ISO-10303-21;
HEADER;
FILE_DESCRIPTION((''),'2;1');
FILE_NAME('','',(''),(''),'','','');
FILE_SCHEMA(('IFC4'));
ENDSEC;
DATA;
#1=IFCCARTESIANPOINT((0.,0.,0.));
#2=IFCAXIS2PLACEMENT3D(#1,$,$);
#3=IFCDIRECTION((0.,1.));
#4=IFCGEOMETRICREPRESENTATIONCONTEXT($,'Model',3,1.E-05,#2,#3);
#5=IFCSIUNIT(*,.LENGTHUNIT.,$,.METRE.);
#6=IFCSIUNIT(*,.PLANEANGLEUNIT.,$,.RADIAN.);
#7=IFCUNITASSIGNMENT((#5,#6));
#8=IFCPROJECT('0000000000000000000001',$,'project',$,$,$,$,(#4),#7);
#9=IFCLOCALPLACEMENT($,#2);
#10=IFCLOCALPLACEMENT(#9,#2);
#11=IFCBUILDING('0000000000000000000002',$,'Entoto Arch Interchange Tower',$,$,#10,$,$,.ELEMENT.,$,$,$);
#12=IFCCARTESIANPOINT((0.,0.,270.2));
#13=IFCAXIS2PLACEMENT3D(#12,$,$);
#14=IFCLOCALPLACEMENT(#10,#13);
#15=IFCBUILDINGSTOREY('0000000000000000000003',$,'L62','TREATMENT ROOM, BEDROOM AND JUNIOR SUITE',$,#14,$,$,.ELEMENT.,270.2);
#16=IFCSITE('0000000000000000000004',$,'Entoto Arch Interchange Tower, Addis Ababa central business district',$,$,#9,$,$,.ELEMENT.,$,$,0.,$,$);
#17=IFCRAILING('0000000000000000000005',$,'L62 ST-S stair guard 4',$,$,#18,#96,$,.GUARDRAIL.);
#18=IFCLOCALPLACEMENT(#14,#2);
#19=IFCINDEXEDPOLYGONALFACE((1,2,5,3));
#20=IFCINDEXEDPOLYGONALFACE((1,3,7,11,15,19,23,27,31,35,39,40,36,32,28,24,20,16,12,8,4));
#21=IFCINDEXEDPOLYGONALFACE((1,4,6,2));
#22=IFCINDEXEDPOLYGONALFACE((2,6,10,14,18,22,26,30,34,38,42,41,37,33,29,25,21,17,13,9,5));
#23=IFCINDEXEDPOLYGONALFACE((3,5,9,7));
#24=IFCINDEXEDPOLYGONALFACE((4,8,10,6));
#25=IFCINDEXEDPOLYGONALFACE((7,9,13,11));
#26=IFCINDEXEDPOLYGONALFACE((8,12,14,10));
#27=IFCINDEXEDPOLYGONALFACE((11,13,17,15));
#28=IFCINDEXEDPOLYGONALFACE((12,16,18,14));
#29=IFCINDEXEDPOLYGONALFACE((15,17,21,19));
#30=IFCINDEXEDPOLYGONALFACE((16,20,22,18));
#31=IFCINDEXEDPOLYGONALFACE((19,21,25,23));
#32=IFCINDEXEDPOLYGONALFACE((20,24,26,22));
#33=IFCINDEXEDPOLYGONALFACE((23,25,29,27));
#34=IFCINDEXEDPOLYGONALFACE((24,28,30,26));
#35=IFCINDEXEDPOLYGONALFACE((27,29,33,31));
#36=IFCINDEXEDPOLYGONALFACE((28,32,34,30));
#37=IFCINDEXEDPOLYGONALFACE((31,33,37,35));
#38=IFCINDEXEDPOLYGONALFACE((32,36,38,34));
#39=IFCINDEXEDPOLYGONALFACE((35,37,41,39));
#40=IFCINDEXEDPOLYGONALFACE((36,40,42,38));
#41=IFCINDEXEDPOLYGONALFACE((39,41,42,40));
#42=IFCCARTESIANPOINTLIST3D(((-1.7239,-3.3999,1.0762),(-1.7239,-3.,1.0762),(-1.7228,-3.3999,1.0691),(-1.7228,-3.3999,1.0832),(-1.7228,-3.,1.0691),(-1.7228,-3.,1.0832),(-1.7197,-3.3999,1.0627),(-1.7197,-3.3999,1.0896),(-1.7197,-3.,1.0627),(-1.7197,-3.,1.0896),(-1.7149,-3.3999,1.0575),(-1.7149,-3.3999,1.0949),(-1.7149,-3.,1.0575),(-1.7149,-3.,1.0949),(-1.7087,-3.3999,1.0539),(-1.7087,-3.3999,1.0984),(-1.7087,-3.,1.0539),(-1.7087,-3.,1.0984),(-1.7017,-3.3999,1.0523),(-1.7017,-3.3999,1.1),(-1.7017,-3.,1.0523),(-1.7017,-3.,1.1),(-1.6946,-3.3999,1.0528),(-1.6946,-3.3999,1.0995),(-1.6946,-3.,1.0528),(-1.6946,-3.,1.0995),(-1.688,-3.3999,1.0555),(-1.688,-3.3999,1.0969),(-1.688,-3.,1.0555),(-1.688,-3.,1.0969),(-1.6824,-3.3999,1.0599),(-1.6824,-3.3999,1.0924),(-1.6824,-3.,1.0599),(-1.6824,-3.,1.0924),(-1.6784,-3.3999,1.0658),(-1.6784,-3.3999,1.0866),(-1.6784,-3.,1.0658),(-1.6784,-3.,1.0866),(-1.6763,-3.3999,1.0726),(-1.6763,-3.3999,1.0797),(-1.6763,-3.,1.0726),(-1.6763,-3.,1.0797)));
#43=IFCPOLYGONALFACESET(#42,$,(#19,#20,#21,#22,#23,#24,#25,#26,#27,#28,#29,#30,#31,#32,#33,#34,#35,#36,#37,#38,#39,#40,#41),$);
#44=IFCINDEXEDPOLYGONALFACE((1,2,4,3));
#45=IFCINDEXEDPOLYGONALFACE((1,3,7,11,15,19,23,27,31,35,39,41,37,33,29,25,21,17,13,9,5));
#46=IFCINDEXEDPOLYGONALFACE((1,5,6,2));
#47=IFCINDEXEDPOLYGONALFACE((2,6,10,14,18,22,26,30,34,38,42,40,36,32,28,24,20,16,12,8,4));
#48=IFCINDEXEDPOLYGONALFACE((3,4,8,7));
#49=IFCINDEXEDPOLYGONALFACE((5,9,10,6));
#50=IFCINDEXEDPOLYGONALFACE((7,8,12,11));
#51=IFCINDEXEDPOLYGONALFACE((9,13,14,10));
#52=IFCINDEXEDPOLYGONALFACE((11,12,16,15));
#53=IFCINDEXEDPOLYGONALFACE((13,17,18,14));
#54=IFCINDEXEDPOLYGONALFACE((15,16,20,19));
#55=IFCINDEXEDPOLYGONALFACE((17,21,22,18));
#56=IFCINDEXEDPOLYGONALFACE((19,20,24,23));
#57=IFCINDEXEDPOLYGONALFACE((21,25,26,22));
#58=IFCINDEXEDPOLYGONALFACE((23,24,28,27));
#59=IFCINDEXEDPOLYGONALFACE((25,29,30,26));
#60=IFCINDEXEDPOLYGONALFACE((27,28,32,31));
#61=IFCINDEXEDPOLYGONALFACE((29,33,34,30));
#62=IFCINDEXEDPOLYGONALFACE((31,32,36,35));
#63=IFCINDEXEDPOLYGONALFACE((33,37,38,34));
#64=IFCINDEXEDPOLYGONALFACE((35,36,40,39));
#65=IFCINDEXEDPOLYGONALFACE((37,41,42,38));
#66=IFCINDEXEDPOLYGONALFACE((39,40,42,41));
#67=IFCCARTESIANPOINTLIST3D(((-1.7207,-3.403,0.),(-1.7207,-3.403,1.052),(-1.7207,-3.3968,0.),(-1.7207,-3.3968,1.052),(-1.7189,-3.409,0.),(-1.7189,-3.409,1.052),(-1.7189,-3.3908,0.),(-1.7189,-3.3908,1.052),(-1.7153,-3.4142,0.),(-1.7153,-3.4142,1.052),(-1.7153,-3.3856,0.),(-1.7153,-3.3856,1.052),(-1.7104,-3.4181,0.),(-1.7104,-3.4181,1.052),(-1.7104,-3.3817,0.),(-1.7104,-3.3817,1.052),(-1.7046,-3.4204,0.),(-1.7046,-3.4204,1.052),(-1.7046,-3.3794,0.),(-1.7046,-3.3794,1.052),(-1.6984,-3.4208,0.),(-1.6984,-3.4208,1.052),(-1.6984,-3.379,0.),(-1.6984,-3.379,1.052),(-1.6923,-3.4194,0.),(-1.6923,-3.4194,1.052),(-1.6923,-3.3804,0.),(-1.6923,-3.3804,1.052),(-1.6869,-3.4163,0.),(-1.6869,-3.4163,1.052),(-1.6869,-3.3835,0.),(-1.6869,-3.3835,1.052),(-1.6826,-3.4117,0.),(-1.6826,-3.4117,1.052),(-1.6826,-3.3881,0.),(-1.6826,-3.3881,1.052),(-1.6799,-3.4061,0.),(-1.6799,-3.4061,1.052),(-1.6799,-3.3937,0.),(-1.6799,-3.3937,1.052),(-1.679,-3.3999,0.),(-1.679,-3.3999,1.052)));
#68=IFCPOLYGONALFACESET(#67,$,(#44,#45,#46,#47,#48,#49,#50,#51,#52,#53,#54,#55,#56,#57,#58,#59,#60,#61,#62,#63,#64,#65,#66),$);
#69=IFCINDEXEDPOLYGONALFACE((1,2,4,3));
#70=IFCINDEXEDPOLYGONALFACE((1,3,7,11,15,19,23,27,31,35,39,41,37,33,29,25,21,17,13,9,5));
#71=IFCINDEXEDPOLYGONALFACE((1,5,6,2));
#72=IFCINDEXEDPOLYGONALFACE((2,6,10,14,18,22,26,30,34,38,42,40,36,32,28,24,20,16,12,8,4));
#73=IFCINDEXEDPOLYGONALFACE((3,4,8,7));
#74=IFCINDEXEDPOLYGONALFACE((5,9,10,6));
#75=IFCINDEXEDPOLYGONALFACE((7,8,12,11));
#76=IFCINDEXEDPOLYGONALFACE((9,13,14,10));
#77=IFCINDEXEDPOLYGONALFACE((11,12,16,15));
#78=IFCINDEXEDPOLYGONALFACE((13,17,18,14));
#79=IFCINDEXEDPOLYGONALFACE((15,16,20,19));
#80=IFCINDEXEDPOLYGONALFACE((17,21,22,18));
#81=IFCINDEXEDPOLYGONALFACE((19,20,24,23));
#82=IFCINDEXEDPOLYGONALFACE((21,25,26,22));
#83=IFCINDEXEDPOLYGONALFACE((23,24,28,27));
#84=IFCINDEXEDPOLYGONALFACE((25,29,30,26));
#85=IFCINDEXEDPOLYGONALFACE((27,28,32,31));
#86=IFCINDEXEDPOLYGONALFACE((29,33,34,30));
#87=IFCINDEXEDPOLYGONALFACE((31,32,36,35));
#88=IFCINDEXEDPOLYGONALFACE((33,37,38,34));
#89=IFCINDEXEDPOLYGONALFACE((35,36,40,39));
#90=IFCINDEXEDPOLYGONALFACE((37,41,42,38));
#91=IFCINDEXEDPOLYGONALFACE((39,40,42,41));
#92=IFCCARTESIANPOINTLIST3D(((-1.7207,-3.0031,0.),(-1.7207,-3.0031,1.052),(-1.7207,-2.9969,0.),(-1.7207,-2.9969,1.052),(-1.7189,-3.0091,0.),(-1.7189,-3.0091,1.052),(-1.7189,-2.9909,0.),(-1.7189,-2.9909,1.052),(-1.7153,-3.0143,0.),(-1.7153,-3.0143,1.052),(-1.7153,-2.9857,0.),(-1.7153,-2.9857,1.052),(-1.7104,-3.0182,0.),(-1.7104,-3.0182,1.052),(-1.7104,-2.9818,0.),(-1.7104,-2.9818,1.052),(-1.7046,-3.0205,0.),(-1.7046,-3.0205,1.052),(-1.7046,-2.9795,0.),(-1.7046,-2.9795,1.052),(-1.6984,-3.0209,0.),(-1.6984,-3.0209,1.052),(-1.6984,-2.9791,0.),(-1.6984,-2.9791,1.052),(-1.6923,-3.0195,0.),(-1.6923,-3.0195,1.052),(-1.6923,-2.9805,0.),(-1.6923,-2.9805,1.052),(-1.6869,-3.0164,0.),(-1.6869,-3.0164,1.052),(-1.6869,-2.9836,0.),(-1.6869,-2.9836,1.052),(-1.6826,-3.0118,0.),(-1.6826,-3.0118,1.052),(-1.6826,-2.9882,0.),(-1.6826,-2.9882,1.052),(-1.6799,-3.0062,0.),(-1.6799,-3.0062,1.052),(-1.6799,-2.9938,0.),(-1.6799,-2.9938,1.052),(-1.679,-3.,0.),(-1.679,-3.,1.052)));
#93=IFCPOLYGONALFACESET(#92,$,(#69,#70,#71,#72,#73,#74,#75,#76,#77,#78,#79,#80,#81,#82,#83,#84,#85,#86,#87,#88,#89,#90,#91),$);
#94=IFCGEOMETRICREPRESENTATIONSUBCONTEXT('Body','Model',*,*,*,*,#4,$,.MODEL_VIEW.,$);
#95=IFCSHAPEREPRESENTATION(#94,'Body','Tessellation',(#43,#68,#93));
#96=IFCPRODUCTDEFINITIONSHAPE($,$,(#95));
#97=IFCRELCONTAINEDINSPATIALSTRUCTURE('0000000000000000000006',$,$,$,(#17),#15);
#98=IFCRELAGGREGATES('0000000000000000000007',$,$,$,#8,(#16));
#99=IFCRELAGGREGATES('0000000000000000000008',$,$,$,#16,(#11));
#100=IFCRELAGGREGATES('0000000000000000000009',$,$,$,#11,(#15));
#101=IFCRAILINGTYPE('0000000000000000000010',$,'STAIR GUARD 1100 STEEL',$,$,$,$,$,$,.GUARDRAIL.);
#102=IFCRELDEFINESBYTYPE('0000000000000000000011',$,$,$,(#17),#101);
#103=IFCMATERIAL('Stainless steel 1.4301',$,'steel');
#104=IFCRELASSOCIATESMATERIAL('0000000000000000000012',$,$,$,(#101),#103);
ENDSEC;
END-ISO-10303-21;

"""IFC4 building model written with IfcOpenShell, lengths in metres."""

from ifc_helpers import new_model, si_unit, direction, frame, origin, origin_2d, place, context, subcontext, project, spatial, circle, extrude, material, type_object, element, save


model = new_model("IFC4")

# Units and contexts
model_context = context("Model", 3, precision=1e-05, world=origin(), true_north=direction((0.0, 1.0)))
body_context = subcontext(model_context, "Body", "Model", "MODEL_VIEW")
ifc_project = project(units=[si_unit("LENGTHUNIT", "METRE"), si_unit("PLANEANGLEUNIT", "RADIAN")], contexts=[model_context])

# Site, building, storey
site_placement = place(None, origin())
site = spatial("IfcSite", under=ifc_project, at=site_placement, Name="Entoto Arch Interchange Tower, Addis Ababa central business district", CompositionType="ELEMENT", RefElevation=0.0)
building_placement = place(site_placement, origin())
building = spatial("IfcBuilding", under=site, at=building_placement, Name="Entoto Arch Interchange Tower", CompositionType="ELEMENT")
storey_placement = place(building_placement, frame((0.0, 0.0, 270.2)))
storey = spatial("IfcBuildingStorey", under=building, at=storey_placement, Name="L62", Description="TREATMENT ROOM, BEDROOM AND JUNIOR SUITE", CompositionType="ELEMENT", Elevation=270.2)

# Railing
ifc_material_1 = material(Name="Stainless steel 1.4301", Category="steel")
railing_type = type_object("IfcRailingType", Name="STAIR GUARD 1100 STEEL", PredefinedType="GUARDRAIL", material=ifc_material_1)
railing_1_placement = place(storey_placement, frame((-1.7, -3.3999, 0.0)))
element("IfcRailing", 1, at=railing_1_placement, inside=storey, type_object=railing_type, Name="L62 ST-S stair guard 4", PredefinedType="GUARDRAIL", context=body_context, shape_type="SweptSolid", body=[
    extrude(circle(Radius=0.0239, at=origin_2d()), frame((0.0, 0.0, 1.0762), z_axis=(0.0, 1.0, 0.0), x_axis=(-1.0, 0.0, 0.0)), (0.0, 0.0, 1.0), 0.3999),
    extrude(circle(Radius=0.021, at=origin_2d()), origin(), (0.0, 0.0, 1.0), 1.052),
    extrude(circle(Radius=0.021, at=origin_2d()), frame((0.0, 0.3999, 0.0)), (0.0, 0.0, 1.0), 1.052),
])

save(model, "model.ifc")
